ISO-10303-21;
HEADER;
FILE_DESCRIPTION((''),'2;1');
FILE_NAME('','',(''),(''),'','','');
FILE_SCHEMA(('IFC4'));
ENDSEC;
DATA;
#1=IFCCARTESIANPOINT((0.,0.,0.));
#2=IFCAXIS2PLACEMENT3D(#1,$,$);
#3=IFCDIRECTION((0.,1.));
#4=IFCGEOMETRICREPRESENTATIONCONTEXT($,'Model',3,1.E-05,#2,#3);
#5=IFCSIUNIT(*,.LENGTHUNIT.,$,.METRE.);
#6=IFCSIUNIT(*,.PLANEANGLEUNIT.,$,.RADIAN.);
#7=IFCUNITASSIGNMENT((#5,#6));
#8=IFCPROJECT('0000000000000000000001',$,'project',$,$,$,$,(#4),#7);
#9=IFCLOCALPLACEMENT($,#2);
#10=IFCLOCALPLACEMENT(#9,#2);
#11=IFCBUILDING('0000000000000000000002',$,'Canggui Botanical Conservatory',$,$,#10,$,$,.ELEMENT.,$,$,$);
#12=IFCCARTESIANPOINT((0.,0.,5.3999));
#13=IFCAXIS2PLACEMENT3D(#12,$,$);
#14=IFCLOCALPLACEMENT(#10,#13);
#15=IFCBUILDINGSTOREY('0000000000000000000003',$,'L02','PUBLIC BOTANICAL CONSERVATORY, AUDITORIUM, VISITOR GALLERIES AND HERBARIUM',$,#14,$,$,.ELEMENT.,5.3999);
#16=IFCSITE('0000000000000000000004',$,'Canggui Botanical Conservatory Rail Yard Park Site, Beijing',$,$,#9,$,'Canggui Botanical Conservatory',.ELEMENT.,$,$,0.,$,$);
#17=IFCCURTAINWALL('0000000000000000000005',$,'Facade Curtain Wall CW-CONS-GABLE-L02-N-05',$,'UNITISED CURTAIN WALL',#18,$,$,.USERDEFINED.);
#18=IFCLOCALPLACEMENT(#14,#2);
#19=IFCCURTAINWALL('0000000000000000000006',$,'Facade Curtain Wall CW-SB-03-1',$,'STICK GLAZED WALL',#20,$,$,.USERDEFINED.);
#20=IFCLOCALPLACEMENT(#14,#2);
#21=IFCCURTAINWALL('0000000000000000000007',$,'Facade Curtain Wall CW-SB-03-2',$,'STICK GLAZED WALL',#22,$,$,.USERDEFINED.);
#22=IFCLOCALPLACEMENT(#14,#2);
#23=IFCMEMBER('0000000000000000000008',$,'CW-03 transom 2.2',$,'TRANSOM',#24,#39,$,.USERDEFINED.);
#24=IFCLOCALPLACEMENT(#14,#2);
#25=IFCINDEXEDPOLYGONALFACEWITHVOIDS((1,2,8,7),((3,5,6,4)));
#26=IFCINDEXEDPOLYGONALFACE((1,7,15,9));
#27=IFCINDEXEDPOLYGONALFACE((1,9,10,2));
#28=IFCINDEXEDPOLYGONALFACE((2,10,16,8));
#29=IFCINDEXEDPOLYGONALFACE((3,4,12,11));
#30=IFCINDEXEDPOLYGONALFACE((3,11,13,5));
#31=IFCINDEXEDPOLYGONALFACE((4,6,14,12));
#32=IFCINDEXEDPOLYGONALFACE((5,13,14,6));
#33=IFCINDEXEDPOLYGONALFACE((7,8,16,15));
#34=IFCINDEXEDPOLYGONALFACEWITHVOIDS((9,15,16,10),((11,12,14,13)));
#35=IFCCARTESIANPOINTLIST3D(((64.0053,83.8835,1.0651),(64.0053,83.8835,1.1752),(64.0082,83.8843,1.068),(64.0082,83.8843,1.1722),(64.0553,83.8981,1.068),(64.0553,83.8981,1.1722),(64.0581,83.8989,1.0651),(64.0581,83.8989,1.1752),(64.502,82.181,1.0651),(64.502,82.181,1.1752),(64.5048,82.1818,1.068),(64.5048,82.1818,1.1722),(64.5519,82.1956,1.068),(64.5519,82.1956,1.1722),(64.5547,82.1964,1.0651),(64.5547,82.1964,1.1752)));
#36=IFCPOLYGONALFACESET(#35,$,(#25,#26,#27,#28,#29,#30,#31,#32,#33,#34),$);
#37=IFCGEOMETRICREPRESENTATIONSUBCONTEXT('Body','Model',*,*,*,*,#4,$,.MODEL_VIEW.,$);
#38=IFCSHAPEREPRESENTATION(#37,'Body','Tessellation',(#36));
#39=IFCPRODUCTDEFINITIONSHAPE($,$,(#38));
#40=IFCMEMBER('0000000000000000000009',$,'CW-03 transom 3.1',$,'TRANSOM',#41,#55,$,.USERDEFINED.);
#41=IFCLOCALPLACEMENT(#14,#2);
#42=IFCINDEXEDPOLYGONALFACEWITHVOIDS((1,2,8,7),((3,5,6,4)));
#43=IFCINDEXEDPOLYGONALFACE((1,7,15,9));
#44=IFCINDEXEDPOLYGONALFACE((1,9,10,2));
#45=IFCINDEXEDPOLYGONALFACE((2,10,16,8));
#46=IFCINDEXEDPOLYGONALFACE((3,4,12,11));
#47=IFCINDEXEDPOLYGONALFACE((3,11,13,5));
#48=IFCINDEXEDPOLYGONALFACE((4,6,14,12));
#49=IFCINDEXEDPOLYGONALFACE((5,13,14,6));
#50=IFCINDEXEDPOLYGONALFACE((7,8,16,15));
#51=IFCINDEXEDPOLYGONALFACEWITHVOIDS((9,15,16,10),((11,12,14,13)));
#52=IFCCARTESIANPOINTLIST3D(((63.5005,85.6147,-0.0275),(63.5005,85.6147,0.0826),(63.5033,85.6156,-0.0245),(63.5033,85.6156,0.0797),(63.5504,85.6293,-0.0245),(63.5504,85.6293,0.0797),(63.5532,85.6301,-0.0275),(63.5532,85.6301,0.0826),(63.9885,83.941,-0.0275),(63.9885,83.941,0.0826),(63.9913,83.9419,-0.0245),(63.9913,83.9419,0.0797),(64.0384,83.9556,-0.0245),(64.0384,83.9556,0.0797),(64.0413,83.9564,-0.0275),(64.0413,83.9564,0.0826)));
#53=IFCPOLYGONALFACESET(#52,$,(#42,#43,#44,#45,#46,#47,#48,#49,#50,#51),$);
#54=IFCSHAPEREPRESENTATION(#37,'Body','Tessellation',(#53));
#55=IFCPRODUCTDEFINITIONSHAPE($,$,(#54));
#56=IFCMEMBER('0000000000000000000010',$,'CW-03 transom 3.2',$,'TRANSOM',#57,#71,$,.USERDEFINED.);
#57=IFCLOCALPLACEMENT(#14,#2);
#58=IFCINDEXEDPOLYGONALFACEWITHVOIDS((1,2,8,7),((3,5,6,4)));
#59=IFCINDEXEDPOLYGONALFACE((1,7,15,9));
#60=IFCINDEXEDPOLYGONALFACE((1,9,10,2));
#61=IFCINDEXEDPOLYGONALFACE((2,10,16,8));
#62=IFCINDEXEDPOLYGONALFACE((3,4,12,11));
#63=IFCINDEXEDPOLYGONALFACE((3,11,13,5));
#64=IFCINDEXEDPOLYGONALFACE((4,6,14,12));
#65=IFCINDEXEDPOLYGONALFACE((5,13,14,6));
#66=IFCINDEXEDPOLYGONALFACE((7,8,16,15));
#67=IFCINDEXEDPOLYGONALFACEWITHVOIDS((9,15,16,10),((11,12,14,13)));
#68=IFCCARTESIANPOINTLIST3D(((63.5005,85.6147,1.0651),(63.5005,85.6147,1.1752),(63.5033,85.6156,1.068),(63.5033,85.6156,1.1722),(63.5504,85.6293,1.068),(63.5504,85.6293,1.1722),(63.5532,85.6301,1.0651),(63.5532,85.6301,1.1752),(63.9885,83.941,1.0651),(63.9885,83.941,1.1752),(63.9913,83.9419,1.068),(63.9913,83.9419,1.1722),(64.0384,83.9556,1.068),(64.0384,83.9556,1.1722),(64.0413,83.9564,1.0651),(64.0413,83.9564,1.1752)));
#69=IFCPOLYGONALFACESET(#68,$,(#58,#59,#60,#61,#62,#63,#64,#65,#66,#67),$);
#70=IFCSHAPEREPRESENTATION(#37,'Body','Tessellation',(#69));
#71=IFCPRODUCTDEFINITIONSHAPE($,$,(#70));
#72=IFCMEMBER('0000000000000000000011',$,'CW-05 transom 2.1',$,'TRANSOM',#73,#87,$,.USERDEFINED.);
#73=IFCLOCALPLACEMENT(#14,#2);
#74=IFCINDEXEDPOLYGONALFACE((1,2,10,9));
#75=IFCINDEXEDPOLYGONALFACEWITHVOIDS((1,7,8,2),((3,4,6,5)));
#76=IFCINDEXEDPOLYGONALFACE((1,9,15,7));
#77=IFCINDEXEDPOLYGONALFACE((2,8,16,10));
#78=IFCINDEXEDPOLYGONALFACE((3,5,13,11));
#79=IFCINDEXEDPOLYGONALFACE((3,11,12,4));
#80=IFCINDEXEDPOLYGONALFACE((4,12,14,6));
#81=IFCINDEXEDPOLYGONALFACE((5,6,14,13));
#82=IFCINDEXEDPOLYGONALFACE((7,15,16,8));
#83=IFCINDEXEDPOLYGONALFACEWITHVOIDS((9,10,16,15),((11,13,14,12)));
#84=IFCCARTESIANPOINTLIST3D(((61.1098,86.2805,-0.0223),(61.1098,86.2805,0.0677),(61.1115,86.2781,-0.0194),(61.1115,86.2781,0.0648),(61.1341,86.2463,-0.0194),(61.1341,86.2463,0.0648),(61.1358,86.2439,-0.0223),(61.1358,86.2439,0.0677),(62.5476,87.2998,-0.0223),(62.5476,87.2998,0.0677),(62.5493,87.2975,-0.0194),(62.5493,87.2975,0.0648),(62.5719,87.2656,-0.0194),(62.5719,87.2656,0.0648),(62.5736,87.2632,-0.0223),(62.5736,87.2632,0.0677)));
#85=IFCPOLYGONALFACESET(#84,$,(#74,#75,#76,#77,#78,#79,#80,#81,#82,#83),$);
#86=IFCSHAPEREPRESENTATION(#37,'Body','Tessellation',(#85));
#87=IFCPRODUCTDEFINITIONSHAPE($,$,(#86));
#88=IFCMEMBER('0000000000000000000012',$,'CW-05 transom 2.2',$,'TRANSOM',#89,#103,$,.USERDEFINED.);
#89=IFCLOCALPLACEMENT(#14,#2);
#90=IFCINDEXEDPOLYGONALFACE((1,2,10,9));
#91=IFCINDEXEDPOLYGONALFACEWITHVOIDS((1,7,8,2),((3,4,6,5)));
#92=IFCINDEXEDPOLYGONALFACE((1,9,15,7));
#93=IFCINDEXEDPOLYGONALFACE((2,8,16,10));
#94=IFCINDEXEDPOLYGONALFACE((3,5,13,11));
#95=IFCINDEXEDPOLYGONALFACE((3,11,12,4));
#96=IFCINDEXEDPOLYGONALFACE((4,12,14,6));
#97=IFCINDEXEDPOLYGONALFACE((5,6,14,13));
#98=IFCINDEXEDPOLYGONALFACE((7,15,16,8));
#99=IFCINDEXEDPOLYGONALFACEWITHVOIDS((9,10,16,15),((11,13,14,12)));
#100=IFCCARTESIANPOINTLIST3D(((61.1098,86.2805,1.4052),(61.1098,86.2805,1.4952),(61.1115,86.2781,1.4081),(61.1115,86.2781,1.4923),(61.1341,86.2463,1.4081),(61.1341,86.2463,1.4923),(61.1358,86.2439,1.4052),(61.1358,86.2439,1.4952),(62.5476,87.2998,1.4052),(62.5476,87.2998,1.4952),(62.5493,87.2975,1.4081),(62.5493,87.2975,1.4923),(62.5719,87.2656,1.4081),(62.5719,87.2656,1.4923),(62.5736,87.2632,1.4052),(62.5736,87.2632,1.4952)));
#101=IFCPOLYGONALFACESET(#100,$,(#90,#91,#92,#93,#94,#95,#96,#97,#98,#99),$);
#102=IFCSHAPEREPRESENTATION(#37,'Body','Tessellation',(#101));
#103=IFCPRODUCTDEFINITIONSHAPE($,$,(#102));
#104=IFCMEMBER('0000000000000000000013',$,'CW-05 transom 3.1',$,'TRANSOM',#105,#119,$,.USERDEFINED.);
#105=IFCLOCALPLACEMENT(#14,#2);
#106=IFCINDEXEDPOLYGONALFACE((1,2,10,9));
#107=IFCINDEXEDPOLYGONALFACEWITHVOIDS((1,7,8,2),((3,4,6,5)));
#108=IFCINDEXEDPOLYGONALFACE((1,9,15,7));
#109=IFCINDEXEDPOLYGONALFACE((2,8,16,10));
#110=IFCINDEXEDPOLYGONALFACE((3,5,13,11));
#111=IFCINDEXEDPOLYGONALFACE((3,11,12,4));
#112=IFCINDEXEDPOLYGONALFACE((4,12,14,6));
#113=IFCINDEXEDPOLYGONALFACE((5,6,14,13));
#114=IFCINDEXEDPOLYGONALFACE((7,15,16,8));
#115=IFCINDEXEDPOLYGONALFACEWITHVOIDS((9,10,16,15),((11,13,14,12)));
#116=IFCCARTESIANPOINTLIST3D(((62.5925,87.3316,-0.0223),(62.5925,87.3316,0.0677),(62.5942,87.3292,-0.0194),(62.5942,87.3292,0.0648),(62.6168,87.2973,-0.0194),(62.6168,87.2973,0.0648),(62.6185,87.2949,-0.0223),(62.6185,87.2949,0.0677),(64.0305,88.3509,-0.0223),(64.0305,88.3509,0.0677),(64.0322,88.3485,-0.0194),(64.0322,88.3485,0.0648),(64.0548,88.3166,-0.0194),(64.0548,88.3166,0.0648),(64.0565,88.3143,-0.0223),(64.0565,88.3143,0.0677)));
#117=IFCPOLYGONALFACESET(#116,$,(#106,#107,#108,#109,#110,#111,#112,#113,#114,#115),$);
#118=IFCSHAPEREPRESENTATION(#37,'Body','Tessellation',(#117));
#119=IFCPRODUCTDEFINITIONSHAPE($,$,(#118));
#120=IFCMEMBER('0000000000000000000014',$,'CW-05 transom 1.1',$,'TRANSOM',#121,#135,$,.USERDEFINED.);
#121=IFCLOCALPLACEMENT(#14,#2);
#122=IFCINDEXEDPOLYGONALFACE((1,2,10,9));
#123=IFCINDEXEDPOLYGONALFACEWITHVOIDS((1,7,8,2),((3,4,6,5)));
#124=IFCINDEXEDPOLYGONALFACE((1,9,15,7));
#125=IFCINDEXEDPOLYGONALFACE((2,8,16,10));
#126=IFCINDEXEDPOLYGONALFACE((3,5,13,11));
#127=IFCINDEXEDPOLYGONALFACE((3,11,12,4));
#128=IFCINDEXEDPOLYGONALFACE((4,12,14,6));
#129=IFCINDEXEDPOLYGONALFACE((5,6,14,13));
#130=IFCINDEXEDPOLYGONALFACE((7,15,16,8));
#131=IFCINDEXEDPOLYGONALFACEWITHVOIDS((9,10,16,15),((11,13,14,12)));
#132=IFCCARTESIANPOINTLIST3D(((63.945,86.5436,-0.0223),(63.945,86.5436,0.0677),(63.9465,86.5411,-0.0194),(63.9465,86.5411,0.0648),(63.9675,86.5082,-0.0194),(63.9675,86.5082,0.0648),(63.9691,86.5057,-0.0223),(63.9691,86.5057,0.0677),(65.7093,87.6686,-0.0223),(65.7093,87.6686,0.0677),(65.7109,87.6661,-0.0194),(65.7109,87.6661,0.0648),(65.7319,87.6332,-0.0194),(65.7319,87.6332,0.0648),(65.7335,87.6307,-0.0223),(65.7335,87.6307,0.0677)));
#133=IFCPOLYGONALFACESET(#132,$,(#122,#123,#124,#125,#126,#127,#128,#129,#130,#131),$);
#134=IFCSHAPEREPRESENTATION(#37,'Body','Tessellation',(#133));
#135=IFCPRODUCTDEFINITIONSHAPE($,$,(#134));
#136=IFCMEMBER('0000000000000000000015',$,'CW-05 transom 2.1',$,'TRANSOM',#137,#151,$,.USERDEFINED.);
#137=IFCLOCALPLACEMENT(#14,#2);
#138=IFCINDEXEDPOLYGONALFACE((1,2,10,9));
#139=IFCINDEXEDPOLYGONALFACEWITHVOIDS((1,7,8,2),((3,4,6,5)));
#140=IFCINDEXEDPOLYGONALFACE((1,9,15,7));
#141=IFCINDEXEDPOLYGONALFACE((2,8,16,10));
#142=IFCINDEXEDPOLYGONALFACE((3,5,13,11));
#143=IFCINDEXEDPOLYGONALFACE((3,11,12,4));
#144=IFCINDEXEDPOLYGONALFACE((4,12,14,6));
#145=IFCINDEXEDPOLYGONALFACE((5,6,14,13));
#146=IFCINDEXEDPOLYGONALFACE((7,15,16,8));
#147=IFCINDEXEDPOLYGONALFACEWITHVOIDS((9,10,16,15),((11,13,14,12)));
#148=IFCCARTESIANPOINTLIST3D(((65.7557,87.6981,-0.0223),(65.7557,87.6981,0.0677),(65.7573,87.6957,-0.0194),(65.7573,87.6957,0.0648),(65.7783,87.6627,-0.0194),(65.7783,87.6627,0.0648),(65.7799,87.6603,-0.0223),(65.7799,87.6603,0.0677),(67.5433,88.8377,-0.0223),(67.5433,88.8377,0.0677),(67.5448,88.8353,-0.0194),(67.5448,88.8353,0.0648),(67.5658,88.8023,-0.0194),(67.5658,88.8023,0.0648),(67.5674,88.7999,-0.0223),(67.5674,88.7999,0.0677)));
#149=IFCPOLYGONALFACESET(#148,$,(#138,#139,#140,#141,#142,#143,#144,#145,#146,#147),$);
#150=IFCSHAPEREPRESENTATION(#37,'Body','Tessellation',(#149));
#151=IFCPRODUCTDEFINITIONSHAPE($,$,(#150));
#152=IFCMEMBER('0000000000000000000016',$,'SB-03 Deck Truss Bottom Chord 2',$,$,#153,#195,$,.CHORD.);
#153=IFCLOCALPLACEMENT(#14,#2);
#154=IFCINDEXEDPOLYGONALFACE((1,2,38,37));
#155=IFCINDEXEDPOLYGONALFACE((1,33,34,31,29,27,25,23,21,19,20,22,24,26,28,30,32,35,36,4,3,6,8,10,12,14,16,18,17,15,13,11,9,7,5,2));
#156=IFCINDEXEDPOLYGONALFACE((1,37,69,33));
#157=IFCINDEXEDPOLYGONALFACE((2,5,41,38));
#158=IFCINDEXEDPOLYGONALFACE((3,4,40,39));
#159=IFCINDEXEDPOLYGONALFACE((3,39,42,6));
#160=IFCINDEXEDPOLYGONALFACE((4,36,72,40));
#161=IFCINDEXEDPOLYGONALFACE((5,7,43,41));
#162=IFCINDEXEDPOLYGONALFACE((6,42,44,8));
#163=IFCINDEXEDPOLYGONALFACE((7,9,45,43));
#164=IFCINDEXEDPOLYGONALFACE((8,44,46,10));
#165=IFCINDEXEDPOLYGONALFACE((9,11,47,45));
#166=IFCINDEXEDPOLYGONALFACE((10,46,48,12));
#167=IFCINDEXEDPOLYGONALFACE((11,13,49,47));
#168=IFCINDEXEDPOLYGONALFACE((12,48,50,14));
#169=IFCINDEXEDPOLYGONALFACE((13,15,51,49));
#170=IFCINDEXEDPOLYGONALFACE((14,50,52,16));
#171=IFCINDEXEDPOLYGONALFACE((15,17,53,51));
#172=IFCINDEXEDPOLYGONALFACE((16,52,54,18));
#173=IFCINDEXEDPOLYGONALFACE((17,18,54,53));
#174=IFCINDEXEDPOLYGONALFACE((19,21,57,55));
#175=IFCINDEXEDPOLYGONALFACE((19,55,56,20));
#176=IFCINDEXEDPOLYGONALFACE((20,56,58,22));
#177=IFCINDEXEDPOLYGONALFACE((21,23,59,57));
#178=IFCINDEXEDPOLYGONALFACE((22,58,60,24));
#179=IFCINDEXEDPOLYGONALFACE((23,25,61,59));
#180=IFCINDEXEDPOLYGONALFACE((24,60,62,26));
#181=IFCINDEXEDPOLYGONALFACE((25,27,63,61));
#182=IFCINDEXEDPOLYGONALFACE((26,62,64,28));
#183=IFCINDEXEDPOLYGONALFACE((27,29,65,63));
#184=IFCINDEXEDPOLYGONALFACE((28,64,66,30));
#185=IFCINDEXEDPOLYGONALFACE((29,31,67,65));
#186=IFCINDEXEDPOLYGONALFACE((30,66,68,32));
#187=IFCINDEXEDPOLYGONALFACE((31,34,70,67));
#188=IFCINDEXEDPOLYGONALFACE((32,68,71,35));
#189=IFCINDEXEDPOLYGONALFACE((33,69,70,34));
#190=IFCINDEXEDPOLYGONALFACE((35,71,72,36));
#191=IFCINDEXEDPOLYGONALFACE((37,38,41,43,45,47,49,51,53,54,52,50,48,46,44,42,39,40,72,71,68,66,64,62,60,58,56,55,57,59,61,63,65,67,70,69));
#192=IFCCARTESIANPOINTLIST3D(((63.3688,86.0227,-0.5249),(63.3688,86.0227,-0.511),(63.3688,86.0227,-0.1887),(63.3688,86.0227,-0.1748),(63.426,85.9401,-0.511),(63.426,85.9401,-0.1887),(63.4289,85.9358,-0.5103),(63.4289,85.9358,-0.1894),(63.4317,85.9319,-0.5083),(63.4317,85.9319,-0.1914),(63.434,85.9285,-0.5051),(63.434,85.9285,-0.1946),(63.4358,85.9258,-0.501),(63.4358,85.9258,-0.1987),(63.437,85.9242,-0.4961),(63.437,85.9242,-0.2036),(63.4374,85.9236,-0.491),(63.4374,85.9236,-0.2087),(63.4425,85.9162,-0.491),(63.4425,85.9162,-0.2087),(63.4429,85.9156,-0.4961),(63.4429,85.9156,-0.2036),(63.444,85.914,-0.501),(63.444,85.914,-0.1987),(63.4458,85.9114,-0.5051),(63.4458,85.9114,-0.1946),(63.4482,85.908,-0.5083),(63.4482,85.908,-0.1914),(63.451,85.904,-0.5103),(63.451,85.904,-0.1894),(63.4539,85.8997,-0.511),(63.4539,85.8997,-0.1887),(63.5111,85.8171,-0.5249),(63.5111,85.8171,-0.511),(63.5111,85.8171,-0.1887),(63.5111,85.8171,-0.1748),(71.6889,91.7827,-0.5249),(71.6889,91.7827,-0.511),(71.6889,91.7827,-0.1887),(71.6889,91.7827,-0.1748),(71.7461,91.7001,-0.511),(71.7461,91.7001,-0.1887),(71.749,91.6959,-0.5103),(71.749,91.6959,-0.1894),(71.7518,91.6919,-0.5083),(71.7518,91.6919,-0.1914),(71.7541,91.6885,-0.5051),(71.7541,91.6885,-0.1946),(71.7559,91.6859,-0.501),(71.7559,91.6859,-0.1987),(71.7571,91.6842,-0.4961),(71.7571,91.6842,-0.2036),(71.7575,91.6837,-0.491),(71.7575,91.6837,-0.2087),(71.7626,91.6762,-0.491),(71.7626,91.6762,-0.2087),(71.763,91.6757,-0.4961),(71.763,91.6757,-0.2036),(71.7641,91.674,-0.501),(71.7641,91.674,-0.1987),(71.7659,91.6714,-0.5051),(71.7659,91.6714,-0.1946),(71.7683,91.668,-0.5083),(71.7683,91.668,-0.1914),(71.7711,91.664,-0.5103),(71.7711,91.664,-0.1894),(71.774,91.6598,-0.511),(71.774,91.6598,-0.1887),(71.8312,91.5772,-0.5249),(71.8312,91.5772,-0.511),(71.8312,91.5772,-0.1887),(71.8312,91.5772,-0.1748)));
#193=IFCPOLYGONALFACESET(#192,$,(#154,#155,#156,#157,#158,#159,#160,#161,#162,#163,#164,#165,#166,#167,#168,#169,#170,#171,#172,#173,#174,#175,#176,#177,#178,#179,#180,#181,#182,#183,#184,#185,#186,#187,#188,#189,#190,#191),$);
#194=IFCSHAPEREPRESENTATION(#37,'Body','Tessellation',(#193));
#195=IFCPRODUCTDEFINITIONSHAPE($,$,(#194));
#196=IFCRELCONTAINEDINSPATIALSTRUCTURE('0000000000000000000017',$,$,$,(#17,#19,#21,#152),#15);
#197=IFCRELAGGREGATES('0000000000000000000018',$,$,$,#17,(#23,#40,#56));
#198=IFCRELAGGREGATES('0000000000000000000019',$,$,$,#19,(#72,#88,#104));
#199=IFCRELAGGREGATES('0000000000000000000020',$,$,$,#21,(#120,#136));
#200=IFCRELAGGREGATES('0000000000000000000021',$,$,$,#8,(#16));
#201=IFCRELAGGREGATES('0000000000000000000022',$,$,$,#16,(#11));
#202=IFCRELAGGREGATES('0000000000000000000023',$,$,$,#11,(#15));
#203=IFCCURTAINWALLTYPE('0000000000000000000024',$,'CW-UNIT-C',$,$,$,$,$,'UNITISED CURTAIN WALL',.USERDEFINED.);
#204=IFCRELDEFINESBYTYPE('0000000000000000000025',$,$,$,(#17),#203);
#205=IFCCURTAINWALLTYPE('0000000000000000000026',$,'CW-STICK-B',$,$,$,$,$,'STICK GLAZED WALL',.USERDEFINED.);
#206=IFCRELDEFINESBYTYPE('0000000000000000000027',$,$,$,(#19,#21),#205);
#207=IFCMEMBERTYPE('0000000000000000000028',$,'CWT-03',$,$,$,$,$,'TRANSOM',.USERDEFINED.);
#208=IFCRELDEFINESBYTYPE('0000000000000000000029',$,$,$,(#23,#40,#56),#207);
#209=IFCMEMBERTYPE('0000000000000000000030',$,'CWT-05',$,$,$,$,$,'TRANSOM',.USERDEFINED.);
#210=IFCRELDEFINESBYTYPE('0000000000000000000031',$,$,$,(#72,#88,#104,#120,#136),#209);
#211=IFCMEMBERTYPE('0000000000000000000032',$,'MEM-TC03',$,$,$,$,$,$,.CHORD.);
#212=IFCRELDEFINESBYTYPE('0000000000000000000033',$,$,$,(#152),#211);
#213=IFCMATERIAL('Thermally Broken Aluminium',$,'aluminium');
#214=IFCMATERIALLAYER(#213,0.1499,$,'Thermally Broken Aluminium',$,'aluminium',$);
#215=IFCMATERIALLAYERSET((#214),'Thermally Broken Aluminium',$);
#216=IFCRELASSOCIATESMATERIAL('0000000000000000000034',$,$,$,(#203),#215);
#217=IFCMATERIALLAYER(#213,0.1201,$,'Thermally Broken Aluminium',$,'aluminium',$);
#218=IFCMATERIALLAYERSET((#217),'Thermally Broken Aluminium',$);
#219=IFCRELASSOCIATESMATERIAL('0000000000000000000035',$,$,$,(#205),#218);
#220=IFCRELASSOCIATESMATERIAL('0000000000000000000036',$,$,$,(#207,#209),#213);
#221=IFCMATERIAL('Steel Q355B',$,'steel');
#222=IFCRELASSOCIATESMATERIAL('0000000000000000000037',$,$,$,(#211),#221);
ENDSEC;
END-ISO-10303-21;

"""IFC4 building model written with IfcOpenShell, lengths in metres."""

from ifc_helpers import new_model, si_unit, direction, frame, origin, origin_2d, place, context, subcontext, project, spatial, hollow_rectangle, i_section, extrude, material, layer, layer_set, material_profile, profile_set, type_object, element, aggregate, save


model = new_model("IFC4")

# Units and contexts
model_context = context("Model", 3, precision=1e-05, world=origin(), true_north=direction((0.0, 1.0)))
body_context = subcontext(model_context, "Body", "Model", "MODEL_VIEW")
ifc_project = project(units=[si_unit("LENGTHUNIT", "METRE"), si_unit("PLANEANGLEUNIT", "RADIAN")], contexts=[model_context])

# Site, building, storey
site_placement = place(None, origin())
site = spatial("IfcSite", under=ifc_project, at=site_placement, Name="Canggui Botanical Conservatory Rail Yard Park Site, Beijing", LongName="Canggui Botanical Conservatory", CompositionType="ELEMENT", RefElevation=0.0)
building_placement = place(site_placement, origin())
building = spatial("IfcBuilding", under=site, at=building_placement, Name="Canggui Botanical Conservatory", CompositionType="ELEMENT")
storey_placement = place(building_placement, frame((0.0, 0.0, 5.3999)))
storey = spatial("IfcBuildingStorey", under=building, at=storey_placement, Name="L02", Description="PUBLIC BOTANICAL CONSERVATORY, AUDITORIUM, VISITOR GALLERIES AND HERBARIUM", CompositionType="ELEMENT", Elevation=5.3999)

# Curtain walls
ifc_material_1 = material(Name="Thermally Broken Aluminium", Category="aluminium")
ifc_layer_1 = layer(ifc_material_1, 0.1499, Name="Thermally Broken Aluminium", Category="aluminium")
ifc_layer_set_1 = layer_set([ifc_layer_1], Name="Thermally Broken Aluminium")
curtain_wall_type_1 = type_object("IfcCurtainWallType", Name="CW-UNIT-C", ElementType="UNITISED CURTAIN WALL", PredefinedType="USERDEFINED", material=ifc_layer_set_1)
curtain_wall_1_placement = place(storey_placement, origin())
curtain_wall_1 = element("IfcCurtainWall", 1, at=curtain_wall_1_placement, inside=storey, type_object=curtain_wall_type_1, Name="Facade Curtain Wall CW-CONS-GABLE-L02-N-05", ObjectType="UNITISED CURTAIN WALL", PredefinedType="USERDEFINED")
ifc_layer_2 = layer(ifc_material_1, 0.1201, Name="Thermally Broken Aluminium", Category="aluminium")
ifc_layer_set_2 = layer_set([ifc_layer_2], Name="Thermally Broken Aluminium")
curtain_wall_type_2 = type_object("IfcCurtainWallType", Name="CW-STICK-B", ElementType="STICK GLAZED WALL", PredefinedType="USERDEFINED", material=ifc_layer_set_2)
curtain_wall_2_placement = place(storey_placement, origin())
curtain_wall_2 = element("IfcCurtainWall", 2, at=curtain_wall_2_placement, inside=storey, type_object=curtain_wall_type_2, Name="Facade Curtain Wall CW-SB-03-1", ObjectType="STICK GLAZED WALL", PredefinedType="USERDEFINED")
curtain_wall_3_placement = place(storey_placement, origin())
curtain_wall_3 = element("IfcCurtainWall", 3, at=curtain_wall_3_placement, inside=storey, type_object=curtain_wall_type_2, Name="Facade Curtain Wall CW-SB-03-2", ObjectType="STICK GLAZED WALL", PredefinedType="USERDEFINED")

# Members
ifc_material_profile_1 = material_profile(ifc_material_1, hollow_rectangle(XDim=0.0549, YDim=0.1101, WallThickness=0.0029, at=origin_2d()), Name="CWT 55x110x3")
ifc_profile_set_1 = profile_set([ifc_material_profile_1], Name="Thermally Broken Aluminium")
member_type_1 = type_object("IfcMemberType", Name="CWT-03", ElementType="TRANSOM", PredefinedType="USERDEFINED", material=ifc_profile_set_1)
member_1_placement = place(storey_placement, frame((64.5283, 82.1887, 1.1201), z_axis=(-0.280026, 0.959992, 0.0), x_axis=(-0.959992, -0.280026, 0.0)))
member_1 = element("IfcMember", 4, at=member_1_placement, type_object=member_type_1, Name="CW-03 transom 2.2", ObjectType="TRANSOM", PredefinedType="USERDEFINED", context=body_context, shape_type="SweptSolid", body=[
    extrude(hollow_rectangle(XDim=0.0549, YDim=0.1101, WallThickness=0.0029, at=origin_2d()), origin(), (0.0, 0.0, 1.0), 1.7734),
])
member_2_placement = place(storey_placement, frame((64.0149, 83.9487, 0.0276), z_axis=(-0.279952, 0.960014, 0.0), x_axis=(-0.960014, -0.279952, 0.0)))
member_2 = element("IfcMember", 5, at=member_2_placement, type_object=member_type_1, Name="CW-03 transom 3.1", ObjectType="TRANSOM", PredefinedType="USERDEFINED", context=body_context, shape_type="SweptSolid", body=[
    extrude(hollow_rectangle(XDim=0.0549, YDim=0.1101, WallThickness=0.0029, at=origin_2d()), origin(), (0.0, 0.0, 1.0), 1.7434),
])
member_3_placement = place(storey_placement, frame((64.0149, 83.9487, 1.1201), z_axis=(-0.279952, 0.960014, 0.0), x_axis=(-0.960014, -0.279952, 0.0)))
member_3 = element("IfcMember", 6, at=member_3_placement, type_object=member_type_1, Name="CW-03 transom 3.2", ObjectType="TRANSOM", PredefinedType="USERDEFINED", context=body_context, shape_type="SweptSolid", body=[
    extrude(hollow_rectangle(XDim=0.0549, YDim=0.1101, WallThickness=0.0029, at=origin_2d()), origin(), (0.0, 0.0, 1.0), 1.7434),
])
ifc_material_profile_2 = material_profile(ifc_material_1, hollow_rectangle(XDim=0.0449, YDim=0.0901, WallThickness=0.0029, at=origin_2d()), Name="CWT 45x90x3")
ifc_profile_set_2 = profile_set([ifc_material_profile_2], Name="Thermally Broken Aluminium")
member_type_2 = type_object("IfcMemberType", Name="CWT-05", ElementType="TRANSOM", PredefinedType="USERDEFINED", material=ifc_profile_set_2)
member_4_placement = place(storey_placement, frame((61.1228, 86.2622, 0.0227), z_axis=(0.815788, 0.578352, 0.0), x_axis=(-0.578352, 0.815788, 0.0)))
member_4 = element("IfcMember", 7, at=member_4_placement, type_object=member_type_2, Name="CW-05 transom 2.1", ObjectType="TRANSOM", PredefinedType="USERDEFINED", context=body_context, shape_type="SweptSolid", body=[
    extrude(hollow_rectangle(XDim=0.0449, YDim=0.0901, WallThickness=0.0029, at=origin_2d()), origin(), (0.0, 0.0, 1.0), 1.7625),
])
member_5_placement = place(storey_placement, frame((61.1228, 86.2622, 1.4502), z_axis=(0.815788, 0.578352, 0.0), x_axis=(-0.578352, 0.815788, 0.0)))
member_5 = element("IfcMember", 8, at=member_5_placement, type_object=member_type_2, Name="CW-05 transom 2.2", ObjectType="TRANSOM", PredefinedType="USERDEFINED", context=body_context, shape_type="SweptSolid", body=[
    extrude(hollow_rectangle(XDim=0.0449, YDim=0.0901, WallThickness=0.0029, at=origin_2d()), origin(), (0.0, 0.0, 1.0), 1.7625),
])
member_6_placement = place(storey_placement, frame((62.6055, 87.3132, 0.0227), z_axis=(0.815834, 0.578286, 0.0), x_axis=(-0.578286, 0.815834, 0.0)))
member_6 = element("IfcMember", 9, at=member_6_placement, type_object=member_type_2, Name="CW-05 transom 3.1", ObjectType="TRANSOM", PredefinedType="USERDEFINED", context=body_context, shape_type="SweptSolid", body=[
    extrude(hollow_rectangle(XDim=0.0449, YDim=0.0901, WallThickness=0.0029, at=origin_2d()), origin(), (0.0, 0.0, 1.0), 1.7627),
])
member_7_placement = place(storey_placement, frame((63.957, 86.5247, 0.0227), z_axis=(0.843186, 0.537623, 0.0), x_axis=(-0.537623, 0.843186, 0.0)))
member_7 = element("IfcMember", 10, at=member_7_placement, type_object=member_type_2, Name="CW-05 transom 1.1", ObjectType="TRANSOM", PredefinedType="USERDEFINED", context=body_context, shape_type="SweptSolid", body=[
    extrude(hollow_rectangle(XDim=0.0449, YDim=0.0901, WallThickness=0.0029, at=origin_2d()), origin(), (0.0, 0.0, 1.0), 2.0925),
])
member_8_placement = place(storey_placement, frame((65.7678, 87.6792, 0.0227), z_axis=(0.843215, 0.537576, 0.0), x_axis=(-0.537576, 0.843215, 0.0)))
member_8 = element("IfcMember", 11, at=member_8_placement, type_object=member_type_2, Name="CW-05 transom 2.1", ObjectType="TRANSOM", PredefinedType="USERDEFINED", context=body_context, shape_type="SweptSolid", body=[
    extrude(hollow_rectangle(XDim=0.0449, YDim=0.0901, WallThickness=0.0029, at=origin_2d()), origin(), (0.0, 0.0, 1.0), 2.1199),
])
ifc_material_2 = material(Name="Steel Q355B", Category="steel")
ifc_material_profile_3 = material_profile(ifc_material_2, i_section(OverallWidth=0.25, OverallDepth=0.3501, WebThickness=0.009, FlangeThickness=0.0139, FilletRadius=0.02, at=origin_2d()), Name="HM 350x250x9x14")
ifc_profile_set_3 = profile_set([ifc_material_profile_3], Name="Steel Q355B")
member_type_3 = type_object("IfcMemberType", Name="MEM-TC03", PredefinedType="CHORD", material=ifc_profile_set_3)
member_9_placement = place(storey_placement, frame((63.4399, 85.9199, -0.3499), z_axis=(0.822194, 0.569207, 0.0), x_axis=(-0.569207, 0.822194, 0.0)))
element("IfcMember", 12, at=member_9_placement, inside=storey, type_object=member_type_3, Name="SB-03 Deck Truss Bottom Chord 2", PredefinedType="CHORD", context=body_context, shape_type="SweptSolid", body=[
    extrude(i_section(OverallWidth=0.25, OverallDepth=0.3501, WebThickness=0.009, FlangeThickness=0.0139, FilletRadius=0.02, at=origin_2d()), origin(), (0.0, 0.0, 1.0), 10.1194),
])

aggregate(curtain_wall_1, [member_1, member_2, member_3])
aggregate(curtain_wall_2, [member_4, member_5, member_6])
aggregate(curtain_wall_3, [member_7, member_8])

save(model, "model.ifc")
